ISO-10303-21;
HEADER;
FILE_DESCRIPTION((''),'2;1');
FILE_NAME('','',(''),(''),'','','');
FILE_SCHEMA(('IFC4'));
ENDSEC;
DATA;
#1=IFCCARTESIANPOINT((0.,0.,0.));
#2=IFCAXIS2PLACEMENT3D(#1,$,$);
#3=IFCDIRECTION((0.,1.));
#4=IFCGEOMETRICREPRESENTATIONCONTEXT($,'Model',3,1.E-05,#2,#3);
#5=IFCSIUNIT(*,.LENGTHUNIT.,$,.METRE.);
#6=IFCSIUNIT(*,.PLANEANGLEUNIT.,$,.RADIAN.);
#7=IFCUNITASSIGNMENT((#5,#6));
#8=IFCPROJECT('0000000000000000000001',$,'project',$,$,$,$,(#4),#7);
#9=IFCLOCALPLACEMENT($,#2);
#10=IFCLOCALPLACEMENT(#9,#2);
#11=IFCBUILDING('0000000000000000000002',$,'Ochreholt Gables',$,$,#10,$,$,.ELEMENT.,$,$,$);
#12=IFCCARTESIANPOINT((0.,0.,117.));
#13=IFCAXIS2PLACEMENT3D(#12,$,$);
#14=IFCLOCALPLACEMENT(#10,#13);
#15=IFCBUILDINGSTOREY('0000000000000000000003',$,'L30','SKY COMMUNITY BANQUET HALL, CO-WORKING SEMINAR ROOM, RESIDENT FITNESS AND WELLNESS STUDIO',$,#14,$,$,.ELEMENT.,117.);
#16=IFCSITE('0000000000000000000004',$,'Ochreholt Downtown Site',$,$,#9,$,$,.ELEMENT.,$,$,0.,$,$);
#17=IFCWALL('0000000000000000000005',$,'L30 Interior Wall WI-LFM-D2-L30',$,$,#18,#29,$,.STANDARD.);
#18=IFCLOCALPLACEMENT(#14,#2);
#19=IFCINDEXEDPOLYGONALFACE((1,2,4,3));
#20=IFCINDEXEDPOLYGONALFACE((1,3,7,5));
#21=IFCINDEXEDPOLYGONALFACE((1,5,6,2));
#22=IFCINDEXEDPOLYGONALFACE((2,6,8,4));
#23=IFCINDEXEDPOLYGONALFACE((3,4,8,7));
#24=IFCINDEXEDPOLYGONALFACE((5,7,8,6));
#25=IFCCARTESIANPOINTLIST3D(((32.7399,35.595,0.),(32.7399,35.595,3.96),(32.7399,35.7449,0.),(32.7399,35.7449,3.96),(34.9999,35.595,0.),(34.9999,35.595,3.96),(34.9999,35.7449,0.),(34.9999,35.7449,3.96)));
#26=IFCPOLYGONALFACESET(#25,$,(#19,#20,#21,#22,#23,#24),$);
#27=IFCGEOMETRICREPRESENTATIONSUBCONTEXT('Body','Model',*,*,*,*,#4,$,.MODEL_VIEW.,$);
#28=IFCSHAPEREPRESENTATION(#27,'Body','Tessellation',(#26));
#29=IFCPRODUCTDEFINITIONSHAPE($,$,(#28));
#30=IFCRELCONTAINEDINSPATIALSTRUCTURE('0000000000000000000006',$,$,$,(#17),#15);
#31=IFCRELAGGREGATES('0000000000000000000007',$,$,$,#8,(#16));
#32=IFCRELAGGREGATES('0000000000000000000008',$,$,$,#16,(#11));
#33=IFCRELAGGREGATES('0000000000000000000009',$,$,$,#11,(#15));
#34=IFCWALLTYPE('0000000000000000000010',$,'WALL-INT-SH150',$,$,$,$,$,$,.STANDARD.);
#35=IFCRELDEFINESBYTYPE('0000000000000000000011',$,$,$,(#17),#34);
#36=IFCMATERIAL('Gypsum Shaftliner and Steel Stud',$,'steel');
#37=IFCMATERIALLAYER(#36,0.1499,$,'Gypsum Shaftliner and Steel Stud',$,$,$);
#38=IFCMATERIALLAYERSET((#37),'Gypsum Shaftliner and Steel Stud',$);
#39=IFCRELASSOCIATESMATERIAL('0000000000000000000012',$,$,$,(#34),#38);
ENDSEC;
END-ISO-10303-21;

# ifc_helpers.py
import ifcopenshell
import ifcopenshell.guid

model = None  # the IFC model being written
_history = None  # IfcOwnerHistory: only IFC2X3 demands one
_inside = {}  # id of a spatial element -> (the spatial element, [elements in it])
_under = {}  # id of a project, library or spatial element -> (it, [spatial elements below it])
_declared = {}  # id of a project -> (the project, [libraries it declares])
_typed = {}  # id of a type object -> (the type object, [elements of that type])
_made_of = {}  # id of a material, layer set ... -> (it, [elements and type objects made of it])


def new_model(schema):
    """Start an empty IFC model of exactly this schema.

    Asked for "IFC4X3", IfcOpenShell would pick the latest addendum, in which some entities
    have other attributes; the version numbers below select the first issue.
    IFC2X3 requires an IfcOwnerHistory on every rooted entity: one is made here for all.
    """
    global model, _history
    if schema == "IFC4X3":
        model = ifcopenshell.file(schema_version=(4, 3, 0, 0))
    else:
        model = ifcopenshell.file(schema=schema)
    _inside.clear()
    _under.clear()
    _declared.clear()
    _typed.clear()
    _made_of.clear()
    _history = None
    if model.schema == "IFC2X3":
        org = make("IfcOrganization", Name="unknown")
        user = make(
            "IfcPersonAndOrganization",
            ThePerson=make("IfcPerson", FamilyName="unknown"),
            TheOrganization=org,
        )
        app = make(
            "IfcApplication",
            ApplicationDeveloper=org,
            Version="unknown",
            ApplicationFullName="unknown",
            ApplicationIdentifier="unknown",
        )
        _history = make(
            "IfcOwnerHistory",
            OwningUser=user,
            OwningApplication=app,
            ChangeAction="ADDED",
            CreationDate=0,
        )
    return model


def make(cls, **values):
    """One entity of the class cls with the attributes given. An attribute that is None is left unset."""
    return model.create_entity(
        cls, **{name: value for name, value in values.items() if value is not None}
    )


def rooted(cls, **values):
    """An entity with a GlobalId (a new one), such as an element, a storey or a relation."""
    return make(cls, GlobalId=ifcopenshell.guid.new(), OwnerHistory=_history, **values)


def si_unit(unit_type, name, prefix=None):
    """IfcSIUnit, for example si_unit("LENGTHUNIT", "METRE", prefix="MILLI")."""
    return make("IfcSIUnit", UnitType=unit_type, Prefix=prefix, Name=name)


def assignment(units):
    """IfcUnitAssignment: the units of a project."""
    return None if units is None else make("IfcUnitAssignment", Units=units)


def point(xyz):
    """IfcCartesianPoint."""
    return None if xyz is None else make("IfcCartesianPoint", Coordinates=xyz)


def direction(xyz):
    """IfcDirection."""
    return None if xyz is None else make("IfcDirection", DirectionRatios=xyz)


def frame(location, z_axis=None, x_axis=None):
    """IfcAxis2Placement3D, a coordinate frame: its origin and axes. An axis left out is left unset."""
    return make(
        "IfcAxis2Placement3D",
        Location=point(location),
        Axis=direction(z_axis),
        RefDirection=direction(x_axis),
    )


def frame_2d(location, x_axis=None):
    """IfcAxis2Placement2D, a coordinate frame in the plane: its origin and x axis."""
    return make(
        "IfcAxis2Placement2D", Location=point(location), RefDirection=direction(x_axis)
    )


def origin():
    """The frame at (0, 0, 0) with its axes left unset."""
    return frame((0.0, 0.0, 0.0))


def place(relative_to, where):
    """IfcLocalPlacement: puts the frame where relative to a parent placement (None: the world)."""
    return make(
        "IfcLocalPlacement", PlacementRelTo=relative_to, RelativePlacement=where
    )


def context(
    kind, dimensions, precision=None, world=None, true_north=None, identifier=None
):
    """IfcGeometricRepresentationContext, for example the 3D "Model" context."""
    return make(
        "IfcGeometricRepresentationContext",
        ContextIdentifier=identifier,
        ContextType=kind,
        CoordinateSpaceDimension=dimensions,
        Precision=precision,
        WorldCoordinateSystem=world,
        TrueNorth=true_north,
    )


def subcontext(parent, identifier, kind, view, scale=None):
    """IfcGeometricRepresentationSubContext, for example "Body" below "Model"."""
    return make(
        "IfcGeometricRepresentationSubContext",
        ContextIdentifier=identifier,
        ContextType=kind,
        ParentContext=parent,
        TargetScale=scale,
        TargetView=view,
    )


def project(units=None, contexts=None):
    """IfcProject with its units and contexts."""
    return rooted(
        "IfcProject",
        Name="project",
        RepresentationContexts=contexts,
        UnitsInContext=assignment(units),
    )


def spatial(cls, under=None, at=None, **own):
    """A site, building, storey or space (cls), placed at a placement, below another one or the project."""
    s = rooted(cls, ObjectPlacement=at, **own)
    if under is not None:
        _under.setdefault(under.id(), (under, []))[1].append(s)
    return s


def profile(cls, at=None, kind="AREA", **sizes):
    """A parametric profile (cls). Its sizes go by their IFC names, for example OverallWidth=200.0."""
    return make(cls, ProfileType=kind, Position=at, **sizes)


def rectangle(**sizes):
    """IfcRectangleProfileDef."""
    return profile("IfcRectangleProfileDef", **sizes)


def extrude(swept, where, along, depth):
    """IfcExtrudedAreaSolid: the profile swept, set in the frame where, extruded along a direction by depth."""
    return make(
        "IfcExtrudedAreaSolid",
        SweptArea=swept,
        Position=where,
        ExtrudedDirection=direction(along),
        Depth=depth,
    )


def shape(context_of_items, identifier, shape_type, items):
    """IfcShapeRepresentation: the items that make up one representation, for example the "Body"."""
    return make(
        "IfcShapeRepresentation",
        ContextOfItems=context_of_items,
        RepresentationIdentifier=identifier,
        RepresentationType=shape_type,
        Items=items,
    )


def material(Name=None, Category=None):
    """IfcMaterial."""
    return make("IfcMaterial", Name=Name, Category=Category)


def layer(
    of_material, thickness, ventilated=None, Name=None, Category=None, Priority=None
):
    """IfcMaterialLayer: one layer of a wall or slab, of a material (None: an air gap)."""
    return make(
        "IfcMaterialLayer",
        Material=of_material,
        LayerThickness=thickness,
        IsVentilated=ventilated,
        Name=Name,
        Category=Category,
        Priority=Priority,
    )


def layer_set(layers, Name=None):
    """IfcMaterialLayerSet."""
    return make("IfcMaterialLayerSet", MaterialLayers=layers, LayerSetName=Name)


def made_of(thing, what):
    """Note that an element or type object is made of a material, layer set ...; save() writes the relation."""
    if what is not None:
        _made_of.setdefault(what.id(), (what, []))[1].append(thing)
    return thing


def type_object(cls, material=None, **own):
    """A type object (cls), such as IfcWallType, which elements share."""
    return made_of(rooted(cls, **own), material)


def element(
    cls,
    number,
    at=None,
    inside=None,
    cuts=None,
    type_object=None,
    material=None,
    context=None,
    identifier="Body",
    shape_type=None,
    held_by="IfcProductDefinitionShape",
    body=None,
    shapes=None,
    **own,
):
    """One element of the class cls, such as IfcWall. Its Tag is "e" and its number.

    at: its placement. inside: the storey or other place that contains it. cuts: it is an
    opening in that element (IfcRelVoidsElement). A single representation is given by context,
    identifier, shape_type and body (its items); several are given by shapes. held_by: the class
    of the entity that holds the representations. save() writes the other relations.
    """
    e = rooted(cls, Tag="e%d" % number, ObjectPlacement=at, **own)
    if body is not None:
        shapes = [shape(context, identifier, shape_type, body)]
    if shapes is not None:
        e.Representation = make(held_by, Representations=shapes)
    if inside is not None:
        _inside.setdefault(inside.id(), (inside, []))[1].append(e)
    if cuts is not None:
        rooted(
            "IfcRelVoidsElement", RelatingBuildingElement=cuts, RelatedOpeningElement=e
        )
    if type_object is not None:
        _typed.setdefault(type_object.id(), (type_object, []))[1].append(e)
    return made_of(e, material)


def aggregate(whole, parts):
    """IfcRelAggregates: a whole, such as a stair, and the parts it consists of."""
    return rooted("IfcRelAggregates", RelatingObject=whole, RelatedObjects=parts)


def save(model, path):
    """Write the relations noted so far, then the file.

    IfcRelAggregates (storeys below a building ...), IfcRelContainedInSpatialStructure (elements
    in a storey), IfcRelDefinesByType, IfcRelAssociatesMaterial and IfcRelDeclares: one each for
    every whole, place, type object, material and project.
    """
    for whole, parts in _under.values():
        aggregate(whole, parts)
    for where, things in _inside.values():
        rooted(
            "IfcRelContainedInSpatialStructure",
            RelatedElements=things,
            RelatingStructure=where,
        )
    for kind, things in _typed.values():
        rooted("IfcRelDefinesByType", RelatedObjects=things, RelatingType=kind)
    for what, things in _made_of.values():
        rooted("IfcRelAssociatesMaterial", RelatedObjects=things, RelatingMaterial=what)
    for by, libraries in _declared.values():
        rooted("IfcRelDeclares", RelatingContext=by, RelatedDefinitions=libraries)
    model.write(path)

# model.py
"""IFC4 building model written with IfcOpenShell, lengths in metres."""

from ifc_helpers import new_model, si_unit, direction, frame, frame_2d, origin, place, context, subcontext, project, spatial, rectangle, extrude, material, layer, layer_set, type_object, element, save


model = new_model("IFC4")

# Units and contexts
model_context = context("Model", 3, precision=1e-05, world=origin(), true_north=direction((0.0, 1.0)))
body_context = subcontext(model_context, "Body", "Model", "MODEL_VIEW")
ifc_project = project(units=[si_unit("LENGTHUNIT", "METRE"), si_unit("PLANEANGLEUNIT", "RADIAN")], contexts=[model_context])

# Site, building, storey
site_placement = place(None, origin())
site = spatial("IfcSite", under=ifc_project, at=site_placement, Name="Ochreholt Downtown Site", CompositionType="ELEMENT", RefElevation=0.0)
building_placement = place(site_placement, origin())
building = spatial("IfcBuilding", under=site, at=building_placement, Name="Ochreholt Gables", CompositionType="ELEMENT")
storey_placement = place(building_placement, frame((0.0, 0.0, 117.0)))
storey = spatial("IfcBuildingStorey", under=building, at=storey_placement, Name="L30", Description="SKY COMMUNITY BANQUET HALL, CO-WORKING SEMINAR ROOM, RESIDENT FITNESS AND WELLNESS STUDIO", CompositionType="ELEMENT", Elevation=117.0)

# Wall
ifc_material_1 = material(Name="Gypsum Shaftliner and Steel Stud", Category="steel")
ifc_layer_1 = layer(ifc_material_1, 0.1499, Name="Gypsum Shaftliner and Steel Stud")
ifc_layer_set_1 = layer_set([ifc_layer_1], Name="Gypsum Shaftliner and Steel Stud")
wall_type_1 = type_object("IfcWallType", Name="WALL-INT-SH150", PredefinedType="STANDARD", material=ifc_layer_set_1)
wall_1_placement = place(storey_placement, frame((32.74, 35.6699, 0.0), z_axis=(0.0, 0.0, 1.0), x_axis=(1.0, 0.0, 0.0)))
element("IfcWall", 1, at=wall_1_placement, inside=storey, type_object=wall_type_1, Name="L30 Interior Wall WI-LFM-D2-L30", PredefinedType="STANDARD", context=body_context, shape_type="SweptSolid", body=[
    extrude(rectangle(XDim=2.26, YDim=0.1499, at=frame_2d((1.1299, 0.0))), origin(), (0.0, 0.0, 1.0), 3.96),
])

save(model, "model.ifc")
